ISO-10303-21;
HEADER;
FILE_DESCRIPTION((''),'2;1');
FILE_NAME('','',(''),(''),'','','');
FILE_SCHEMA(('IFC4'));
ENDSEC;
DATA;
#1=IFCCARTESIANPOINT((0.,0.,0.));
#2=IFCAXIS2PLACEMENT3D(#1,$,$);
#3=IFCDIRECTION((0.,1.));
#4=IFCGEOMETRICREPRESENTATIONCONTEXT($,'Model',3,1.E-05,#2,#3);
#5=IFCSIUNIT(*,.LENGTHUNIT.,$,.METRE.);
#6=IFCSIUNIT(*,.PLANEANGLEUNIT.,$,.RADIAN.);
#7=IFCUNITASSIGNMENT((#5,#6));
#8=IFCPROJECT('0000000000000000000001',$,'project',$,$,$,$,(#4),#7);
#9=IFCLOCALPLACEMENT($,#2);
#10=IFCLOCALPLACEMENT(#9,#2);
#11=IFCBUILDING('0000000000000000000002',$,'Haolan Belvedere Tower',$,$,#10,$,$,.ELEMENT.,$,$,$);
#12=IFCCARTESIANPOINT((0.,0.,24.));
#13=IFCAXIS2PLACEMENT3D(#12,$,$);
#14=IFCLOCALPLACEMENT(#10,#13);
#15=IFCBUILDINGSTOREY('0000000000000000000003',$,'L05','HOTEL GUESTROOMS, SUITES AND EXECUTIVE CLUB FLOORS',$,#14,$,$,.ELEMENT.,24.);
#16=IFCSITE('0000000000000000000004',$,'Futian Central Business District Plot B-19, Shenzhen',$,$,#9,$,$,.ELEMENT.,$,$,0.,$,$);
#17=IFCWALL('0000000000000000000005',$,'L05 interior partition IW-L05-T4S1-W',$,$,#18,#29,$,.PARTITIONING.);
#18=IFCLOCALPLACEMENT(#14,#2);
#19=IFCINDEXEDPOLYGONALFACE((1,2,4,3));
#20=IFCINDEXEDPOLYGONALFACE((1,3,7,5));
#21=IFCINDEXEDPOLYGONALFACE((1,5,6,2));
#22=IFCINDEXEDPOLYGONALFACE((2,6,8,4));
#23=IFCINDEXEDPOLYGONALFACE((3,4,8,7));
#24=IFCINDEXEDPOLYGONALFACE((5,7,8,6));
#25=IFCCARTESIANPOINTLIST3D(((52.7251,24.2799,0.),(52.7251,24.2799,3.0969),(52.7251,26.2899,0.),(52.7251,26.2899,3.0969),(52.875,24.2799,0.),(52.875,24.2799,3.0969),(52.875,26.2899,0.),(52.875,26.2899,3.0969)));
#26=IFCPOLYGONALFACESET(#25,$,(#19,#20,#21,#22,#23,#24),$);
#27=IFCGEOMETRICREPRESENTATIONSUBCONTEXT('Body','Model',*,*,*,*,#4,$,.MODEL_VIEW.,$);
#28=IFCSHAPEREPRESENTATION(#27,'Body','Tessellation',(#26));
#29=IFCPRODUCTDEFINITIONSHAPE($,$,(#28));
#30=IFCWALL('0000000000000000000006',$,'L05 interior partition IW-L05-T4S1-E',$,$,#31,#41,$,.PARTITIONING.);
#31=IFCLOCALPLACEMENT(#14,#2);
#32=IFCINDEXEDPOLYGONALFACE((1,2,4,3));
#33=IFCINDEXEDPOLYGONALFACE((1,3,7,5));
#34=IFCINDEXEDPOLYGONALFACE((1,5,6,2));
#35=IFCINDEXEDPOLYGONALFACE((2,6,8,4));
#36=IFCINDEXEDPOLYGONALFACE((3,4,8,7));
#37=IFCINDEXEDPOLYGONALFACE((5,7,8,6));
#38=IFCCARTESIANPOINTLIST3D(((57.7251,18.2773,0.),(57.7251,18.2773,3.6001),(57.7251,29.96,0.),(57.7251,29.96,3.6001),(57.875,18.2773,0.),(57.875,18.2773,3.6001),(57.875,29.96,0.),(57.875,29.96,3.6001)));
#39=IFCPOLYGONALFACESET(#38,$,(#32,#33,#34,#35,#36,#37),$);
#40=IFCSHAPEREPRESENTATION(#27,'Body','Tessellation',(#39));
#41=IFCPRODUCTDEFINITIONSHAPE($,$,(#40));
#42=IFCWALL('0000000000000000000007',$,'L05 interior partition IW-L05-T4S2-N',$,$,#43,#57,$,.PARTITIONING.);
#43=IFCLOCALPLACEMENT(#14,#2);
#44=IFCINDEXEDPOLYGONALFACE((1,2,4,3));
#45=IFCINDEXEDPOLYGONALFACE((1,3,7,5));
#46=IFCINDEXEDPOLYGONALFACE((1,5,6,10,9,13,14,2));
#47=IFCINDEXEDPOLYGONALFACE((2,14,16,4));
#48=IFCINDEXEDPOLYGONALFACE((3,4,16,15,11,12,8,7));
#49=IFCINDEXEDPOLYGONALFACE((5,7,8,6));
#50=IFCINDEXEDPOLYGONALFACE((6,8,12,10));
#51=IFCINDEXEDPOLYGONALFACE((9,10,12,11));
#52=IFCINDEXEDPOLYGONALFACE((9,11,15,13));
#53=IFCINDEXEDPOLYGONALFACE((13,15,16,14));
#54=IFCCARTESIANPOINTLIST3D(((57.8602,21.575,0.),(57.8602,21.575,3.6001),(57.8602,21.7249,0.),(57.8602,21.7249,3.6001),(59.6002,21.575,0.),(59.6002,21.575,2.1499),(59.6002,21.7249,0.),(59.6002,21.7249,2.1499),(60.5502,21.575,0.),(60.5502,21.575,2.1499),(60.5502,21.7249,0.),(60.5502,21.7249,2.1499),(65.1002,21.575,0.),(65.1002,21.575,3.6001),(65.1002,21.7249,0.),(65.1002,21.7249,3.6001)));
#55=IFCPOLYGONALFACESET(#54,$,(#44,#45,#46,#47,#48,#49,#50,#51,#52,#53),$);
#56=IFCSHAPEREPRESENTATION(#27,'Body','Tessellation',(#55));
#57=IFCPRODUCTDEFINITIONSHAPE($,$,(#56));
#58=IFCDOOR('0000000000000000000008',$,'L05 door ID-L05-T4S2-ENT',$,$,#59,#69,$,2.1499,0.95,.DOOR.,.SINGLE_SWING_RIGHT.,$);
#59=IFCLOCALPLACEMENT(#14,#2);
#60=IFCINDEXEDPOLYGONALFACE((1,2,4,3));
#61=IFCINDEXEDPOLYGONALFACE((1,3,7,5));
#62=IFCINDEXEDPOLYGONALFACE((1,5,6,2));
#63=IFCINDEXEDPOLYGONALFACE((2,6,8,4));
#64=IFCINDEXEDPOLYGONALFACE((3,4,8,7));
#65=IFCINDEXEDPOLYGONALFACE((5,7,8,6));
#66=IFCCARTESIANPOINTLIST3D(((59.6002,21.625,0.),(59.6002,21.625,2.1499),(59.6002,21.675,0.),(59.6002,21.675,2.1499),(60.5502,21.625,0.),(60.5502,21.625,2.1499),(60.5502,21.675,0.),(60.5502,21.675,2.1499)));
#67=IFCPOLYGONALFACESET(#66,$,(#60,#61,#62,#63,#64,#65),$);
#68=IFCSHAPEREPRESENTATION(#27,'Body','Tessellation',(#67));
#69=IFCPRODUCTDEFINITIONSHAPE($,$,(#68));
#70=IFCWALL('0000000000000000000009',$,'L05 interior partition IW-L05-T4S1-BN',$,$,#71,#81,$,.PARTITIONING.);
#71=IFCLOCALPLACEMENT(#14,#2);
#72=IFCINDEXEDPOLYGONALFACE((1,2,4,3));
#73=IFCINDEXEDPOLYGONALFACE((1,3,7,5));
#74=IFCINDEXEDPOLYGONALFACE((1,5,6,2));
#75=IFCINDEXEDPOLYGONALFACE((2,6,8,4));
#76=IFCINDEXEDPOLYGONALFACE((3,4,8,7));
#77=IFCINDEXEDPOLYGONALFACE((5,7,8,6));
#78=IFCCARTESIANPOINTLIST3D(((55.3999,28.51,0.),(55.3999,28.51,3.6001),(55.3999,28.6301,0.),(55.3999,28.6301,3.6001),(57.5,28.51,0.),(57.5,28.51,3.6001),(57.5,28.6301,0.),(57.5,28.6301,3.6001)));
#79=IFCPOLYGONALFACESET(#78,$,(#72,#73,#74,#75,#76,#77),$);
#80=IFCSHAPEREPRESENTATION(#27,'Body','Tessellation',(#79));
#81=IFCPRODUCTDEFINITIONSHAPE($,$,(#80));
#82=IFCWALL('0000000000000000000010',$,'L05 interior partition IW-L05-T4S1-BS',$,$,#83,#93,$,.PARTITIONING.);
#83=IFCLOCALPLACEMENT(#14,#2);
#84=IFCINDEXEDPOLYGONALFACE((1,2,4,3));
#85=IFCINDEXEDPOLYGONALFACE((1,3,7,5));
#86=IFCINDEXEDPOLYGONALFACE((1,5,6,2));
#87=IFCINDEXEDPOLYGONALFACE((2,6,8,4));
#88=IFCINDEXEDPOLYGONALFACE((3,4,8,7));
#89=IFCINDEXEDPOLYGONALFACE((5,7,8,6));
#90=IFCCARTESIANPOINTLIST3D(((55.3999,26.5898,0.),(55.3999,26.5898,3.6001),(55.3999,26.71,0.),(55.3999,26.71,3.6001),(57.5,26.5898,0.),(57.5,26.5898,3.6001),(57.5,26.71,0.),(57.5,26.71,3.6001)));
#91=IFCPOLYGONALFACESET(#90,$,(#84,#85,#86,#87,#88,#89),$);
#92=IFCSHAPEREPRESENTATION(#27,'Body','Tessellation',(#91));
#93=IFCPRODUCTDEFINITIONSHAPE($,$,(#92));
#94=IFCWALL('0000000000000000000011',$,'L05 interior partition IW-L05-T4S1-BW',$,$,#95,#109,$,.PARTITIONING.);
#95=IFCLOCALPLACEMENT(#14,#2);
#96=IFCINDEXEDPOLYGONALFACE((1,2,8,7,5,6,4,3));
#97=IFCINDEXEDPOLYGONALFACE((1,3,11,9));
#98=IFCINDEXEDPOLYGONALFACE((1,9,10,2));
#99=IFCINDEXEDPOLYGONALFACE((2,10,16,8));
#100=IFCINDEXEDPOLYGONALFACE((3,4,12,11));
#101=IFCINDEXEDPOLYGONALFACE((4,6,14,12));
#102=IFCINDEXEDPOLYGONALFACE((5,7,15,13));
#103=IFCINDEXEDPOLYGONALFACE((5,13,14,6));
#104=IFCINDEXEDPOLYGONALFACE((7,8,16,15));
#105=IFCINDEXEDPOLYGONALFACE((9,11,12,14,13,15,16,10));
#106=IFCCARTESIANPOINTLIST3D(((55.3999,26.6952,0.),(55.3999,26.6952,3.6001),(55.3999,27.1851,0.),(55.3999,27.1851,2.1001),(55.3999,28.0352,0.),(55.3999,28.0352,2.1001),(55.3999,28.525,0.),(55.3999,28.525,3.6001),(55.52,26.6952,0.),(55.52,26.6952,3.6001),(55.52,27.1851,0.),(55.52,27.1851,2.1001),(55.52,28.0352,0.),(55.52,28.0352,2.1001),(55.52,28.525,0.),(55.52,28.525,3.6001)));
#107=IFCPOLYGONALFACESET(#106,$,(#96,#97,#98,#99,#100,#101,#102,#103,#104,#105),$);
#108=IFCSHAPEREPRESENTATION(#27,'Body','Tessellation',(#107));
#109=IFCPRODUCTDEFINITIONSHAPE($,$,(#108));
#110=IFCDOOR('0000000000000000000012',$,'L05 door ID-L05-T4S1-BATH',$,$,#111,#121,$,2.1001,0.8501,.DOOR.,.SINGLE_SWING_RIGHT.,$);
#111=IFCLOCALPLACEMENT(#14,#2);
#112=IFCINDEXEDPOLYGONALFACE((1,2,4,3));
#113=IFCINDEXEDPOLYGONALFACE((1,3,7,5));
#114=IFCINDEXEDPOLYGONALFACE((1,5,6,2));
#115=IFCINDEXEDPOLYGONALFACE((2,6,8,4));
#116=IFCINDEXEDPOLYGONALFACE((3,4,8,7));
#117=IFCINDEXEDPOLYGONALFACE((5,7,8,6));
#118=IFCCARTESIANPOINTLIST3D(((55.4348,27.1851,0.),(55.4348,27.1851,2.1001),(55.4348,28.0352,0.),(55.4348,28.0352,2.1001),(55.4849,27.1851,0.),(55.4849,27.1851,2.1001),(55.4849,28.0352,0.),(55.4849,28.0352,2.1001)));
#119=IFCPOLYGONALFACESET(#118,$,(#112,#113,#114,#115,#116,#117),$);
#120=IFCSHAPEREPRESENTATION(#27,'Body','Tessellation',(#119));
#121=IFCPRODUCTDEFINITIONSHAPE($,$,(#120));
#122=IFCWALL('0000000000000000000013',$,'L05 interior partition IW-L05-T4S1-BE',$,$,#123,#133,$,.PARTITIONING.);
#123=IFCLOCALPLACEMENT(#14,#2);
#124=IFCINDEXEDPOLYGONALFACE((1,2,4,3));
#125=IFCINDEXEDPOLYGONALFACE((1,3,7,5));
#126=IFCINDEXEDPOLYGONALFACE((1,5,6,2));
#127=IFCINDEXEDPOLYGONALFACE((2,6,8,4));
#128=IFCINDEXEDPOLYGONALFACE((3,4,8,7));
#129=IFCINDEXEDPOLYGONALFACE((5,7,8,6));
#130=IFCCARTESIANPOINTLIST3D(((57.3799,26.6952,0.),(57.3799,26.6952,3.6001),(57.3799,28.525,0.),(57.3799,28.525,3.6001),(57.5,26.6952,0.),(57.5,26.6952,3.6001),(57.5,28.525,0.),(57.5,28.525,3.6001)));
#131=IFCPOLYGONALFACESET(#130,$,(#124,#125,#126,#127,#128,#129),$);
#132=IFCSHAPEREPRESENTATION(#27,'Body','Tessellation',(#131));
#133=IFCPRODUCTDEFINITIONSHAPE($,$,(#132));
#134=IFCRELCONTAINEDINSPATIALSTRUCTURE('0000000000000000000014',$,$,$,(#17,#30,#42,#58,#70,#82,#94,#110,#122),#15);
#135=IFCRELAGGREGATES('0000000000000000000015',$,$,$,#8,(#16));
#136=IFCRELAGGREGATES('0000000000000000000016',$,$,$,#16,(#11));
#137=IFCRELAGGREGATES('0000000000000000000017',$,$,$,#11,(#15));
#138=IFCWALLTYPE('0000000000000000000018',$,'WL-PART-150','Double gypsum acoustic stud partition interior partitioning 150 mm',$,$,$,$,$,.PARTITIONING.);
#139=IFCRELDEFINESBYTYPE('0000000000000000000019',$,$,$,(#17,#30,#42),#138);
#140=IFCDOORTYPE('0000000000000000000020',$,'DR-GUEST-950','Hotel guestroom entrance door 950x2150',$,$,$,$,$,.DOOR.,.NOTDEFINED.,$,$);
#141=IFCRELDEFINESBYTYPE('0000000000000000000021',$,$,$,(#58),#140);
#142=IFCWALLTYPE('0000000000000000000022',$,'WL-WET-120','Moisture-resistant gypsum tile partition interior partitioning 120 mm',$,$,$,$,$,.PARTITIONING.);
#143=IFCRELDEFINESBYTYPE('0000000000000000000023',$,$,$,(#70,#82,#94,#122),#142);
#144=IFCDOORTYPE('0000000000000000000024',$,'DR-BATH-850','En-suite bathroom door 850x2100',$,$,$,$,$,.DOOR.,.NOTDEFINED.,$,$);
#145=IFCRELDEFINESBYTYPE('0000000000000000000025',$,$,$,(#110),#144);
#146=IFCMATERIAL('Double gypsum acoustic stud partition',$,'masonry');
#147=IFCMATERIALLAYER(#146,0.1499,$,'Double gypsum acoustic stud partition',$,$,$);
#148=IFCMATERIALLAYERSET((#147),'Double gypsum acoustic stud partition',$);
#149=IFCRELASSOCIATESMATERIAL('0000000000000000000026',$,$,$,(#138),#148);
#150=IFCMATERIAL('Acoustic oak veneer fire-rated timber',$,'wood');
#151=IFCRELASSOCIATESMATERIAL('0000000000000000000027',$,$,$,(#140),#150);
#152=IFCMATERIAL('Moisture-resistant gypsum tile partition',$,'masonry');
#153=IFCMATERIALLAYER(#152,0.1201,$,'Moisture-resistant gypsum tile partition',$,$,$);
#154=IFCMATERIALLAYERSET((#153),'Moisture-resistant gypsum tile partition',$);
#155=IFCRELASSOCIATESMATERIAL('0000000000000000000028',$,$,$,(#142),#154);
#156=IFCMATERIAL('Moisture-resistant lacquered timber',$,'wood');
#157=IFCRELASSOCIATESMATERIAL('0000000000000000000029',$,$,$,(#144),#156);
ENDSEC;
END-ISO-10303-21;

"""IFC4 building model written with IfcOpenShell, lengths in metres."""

from ifc_helpers import new_model, si_unit, direction, frame, frame_2d, origin, place, context, subcontext, project, spatial, rectangle, extrude, material, layer, layer_set, type_object, element, fill, save


model = new_model("IFC4")

# Units and contexts
model_context = context("Model", 3, precision=1e-05, world=origin(), true_north=direction((0.0, 1.0)))
body_context = subcontext(model_context, "Body", "Model", "MODEL_VIEW")
ifc_project = project(units=[si_unit("LENGTHUNIT", "METRE"), si_unit("PLANEANGLEUNIT", "RADIAN")], contexts=[model_context])

# Site, building, storey
site_placement = place(None, origin())
site = spatial("IfcSite", under=ifc_project, at=site_placement, Name="Futian Central Business District Plot B-19, Shenzhen", CompositionType="ELEMENT", RefElevation=0.0)
building_placement = place(site_placement, origin())
building = spatial("IfcBuilding", under=site, at=building_placement, Name="Haolan Belvedere Tower", CompositionType="ELEMENT")
storey_placement = place(building_placement, frame((0.0, 0.0, 24.0)))
storey = spatial("IfcBuildingStorey", under=building, at=storey_placement, Name="L05", Description="HOTEL GUESTROOMS, SUITES AND EXECUTIVE CLUB FLOORS", CompositionType="ELEMENT", Elevation=24.0)

# Shared definitions
ifc_material_1 = material(Name="Double gypsum acoustic stud partition", Category="masonry")
ifc_layer_1 = layer(ifc_material_1, 0.1499, Name="Double gypsum acoustic stud partition")
ifc_layer_set_1 = layer_set([ifc_layer_1], Name="Double gypsum acoustic stud partition")
wall_type_1 = type_object("IfcWallType", Name="WL-PART-150", Description="Double gypsum acoustic stud partition interior partitioning 150 mm", PredefinedType="PARTITIONING", material=ifc_layer_set_1)

# Shared definitions
ifc_material_2 = material(Name="Acoustic oak veneer fire-rated timber", Category="wood")
door_type_1 = type_object("IfcDoorType", Name="DR-GUEST-950", Description="Hotel guestroom entrance door 950x2150", OperationType="NOTDEFINED", PredefinedType="DOOR", material=ifc_material_2)

# Walls
wall_1_placement = place(storey_placement, frame((52.8, 24.28, 0.0), z_axis=(0.0, 0.0, 1.0), x_axis=(0.0, 1.0, 0.0)))
element("IfcWall", 1, at=wall_1_placement, inside=storey, type_object=wall_type_1, Name="L05 interior partition IW-L05-T4S1-W", PredefinedType="PARTITIONING", context=body_context, shape_type="SweptSolid", body=[
    extrude(rectangle(XDim=2.01, YDim=0.1499, at=frame_2d((1.0049, 0.0))), origin(), (0.0, 0.0, 1.0), 3.0969),
])
wall_2_placement = place(storey_placement, frame((57.8, 18.2773, 0.0), z_axis=(0.0, 0.0, 1.0), x_axis=(0.0, 1.0, 0.0)))
element("IfcWall", 2, at=wall_2_placement, inside=storey, type_object=wall_type_1, Name="L05 interior partition IW-L05-T4S1-E", PredefinedType="PARTITIONING", context=body_context, shape_type="SweptSolid", body=[
    extrude(rectangle(XDim=11.6826, YDim=0.1499, at=frame_2d((5.8413, 0.0))), origin(), (0.0, 0.0, 1.0), 3.6001),
])

# Wall, opening, door
wall_3_placement = place(storey_placement, frame((57.8601, 21.6499, 0.0), z_axis=(0.0, 0.0, 1.0), x_axis=(1.0, 0.0, 0.0)))
wall_3 = element("IfcWall", 3, at=wall_3_placement, inside=storey, type_object=wall_type_1, Name="L05 interior partition IW-L05-T4S2-N", PredefinedType="PARTITIONING", context=body_context, shape_type="SweptSolid", body=[
    extrude(rectangle(XDim=7.24, YDim=0.1499, at=frame_2d((3.6201, 0.0))), origin(), (0.0, 0.0, 1.0), 3.6001),
])
opening_1_placement = place(wall_3_placement, frame((2.6902, 0.0, 0.0), z_axis=(0.0, 0.0, 1.0), x_axis=(-1.0, 0.0, 0.0)))
opening_1 = element("IfcOpeningElement", 4, at=opening_1_placement, cuts=wall_3, PredefinedType="OPENING", context=body_context, shape_type="SweptSolid", body=[
    extrude(rectangle(XDim=0.95, YDim=2.1499, at=frame_2d((0.4751, 1.075))), frame((0.0, 0.085, 0.0), z_axis=(0.0, -1.0, 0.0), x_axis=(1.0, 0.0, 0.0)), (0.0, 0.0, 1.0), 0.1699),
])
door_1_placement = place(opening_1_placement, origin())
door_1 = element("IfcDoor", 5, at=door_1_placement, inside=storey, type_object=door_type_1, Name="L05 door ID-L05-T4S2-ENT", OperationType="SINGLE_SWING_RIGHT", OverallHeight=2.1499, OverallWidth=0.95, PredefinedType="DOOR", context=body_context, shape_type="SweptSolid", body=[
    extrude(rectangle(XDim=0.95, YDim=2.1499, at=frame_2d((0.4751, 1.075))), frame((0.0, 0.0249, 0.0), z_axis=(0.0, -1.0, 0.0), x_axis=(1.0, 0.0, 0.0)), (0.0, 0.0, 1.0), 0.05),
])
fill(opening_1, door_1)

# Walls
ifc_material_3 = material(Name="Moisture-resistant gypsum tile partition", Category="masonry")
ifc_layer_2 = layer(ifc_material_3, 0.1201, Name="Moisture-resistant gypsum tile partition")
ifc_layer_set_2 = layer_set([ifc_layer_2], Name="Moisture-resistant gypsum tile partition")
wall_type_2 = type_object("IfcWallType", Name="WL-WET-120", Description="Moisture-resistant gypsum tile partition interior partitioning 120 mm", PredefinedType="PARTITIONING", material=ifc_layer_set_2)
for number, where, z_axis, x_axis, name in (
    (6, (55.3999, 28.5701, 0.0), (0.0, 0.0, 1.0), (1.0, 0.0, 0.0), "L05 interior partition IW-L05-T4S1-BN"),
    (7, (55.3999, 26.6499, 0.0), (0.0, 0.0, 1.0), (1.0, 0.0, 0.0), "L05 interior partition IW-L05-T4S1-BS"),
):
    element("IfcWall", number, at=place(storey_placement, frame(where, z_axis=z_axis, x_axis=x_axis)), inside=storey, type_object=wall_type_2, Name=name, PredefinedType="PARTITIONING", context=body_context, shape_type="SweptSolid", body=[
        extrude(rectangle(XDim=2.1001, YDim=0.1201, at=frame_2d((1.05, 0.0))), origin(), (0.0, 0.0, 1.0), 3.6001),
    ])

# Wall, opening, door
wall_4_placement = place(storey_placement, frame((55.46, 26.6951, 0.0), z_axis=(0.0, 0.0, 1.0), x_axis=(0.0, 1.0, 0.0)))
wall_4 = element("IfcWall", 8, at=wall_4_placement, inside=storey, type_object=wall_type_2, Name="L05 interior partition IW-L05-T4S1-BW", PredefinedType="PARTITIONING", context=body_context, shape_type="SweptSolid", body=[
    extrude(rectangle(XDim=1.8298, YDim=0.1201, at=frame_2d((0.915, 0.0))), origin(), (0.0, 0.0, 1.0), 3.6001),
])
opening_2_placement = place(wall_4_placement, frame((1.3401, 0.0, 0.0), z_axis=(0.0, 0.0, 1.0), x_axis=(-1.0, 0.0, 0.0)))
opening_2 = element("IfcOpeningElement", 9, at=opening_2_placement, cuts=wall_4, PredefinedType="OPENING", context=body_context, shape_type="SweptSolid", body=[
    extrude(rectangle(XDim=0.8501, YDim=2.1001, at=frame_2d((0.425, 1.05))), frame((0.0, 0.0701, 0.0), z_axis=(0.0, -1.0, 0.0), x_axis=(1.0, 0.0, 0.0)), (0.0, 0.0, 1.0), 0.1401),
])
ifc_material_4 = material(Name="Moisture-resistant lacquered timber", Category="wood")
door_type_2 = type_object("IfcDoorType", Name="DR-BATH-850", Description="En-suite bathroom door 850x2100", OperationType="NOTDEFINED", PredefinedType="DOOR", material=ifc_material_4)
door_2_placement = place(opening_2_placement, origin())
door_2 = element("IfcDoor", 10, at=door_2_placement, inside=storey, type_object=door_type_2, Name="L05 door ID-L05-T4S1-BATH", OperationType="SINGLE_SWING_RIGHT", OverallHeight=2.1001, OverallWidth=0.8501, PredefinedType="DOOR", context=body_context, shape_type="SweptSolid", body=[
    extrude(rectangle(XDim=0.8501, YDim=2.1001, at=frame_2d((0.425, 1.05))), frame((0.0, 0.0249, 0.0), z_axis=(0.0, -1.0, 0.0), x_axis=(1.0, 0.0, 0.0)), (0.0, 0.0, 1.0), 0.05),
])
fill(opening_2, door_2)

# Wall
wall_5_placement = place(storey_placement, frame((57.4399, 26.6951, 0.0), z_axis=(0.0, 0.0, 1.0), x_axis=(0.0, 1.0, 0.0)))
element("IfcWall", 11, at=wall_5_placement, inside=storey, type_object=wall_type_2, Name="L05 interior partition IW-L05-T4S1-BE", PredefinedType="PARTITIONING", context=body_context, shape_type="SweptSolid", body=[
    extrude(rectangle(XDim=1.8298, YDim=0.1201, at=frame_2d((0.915, 0.0))), origin(), (0.0, 0.0, 1.0), 3.6001),
])

save(model, "model.ifc")
